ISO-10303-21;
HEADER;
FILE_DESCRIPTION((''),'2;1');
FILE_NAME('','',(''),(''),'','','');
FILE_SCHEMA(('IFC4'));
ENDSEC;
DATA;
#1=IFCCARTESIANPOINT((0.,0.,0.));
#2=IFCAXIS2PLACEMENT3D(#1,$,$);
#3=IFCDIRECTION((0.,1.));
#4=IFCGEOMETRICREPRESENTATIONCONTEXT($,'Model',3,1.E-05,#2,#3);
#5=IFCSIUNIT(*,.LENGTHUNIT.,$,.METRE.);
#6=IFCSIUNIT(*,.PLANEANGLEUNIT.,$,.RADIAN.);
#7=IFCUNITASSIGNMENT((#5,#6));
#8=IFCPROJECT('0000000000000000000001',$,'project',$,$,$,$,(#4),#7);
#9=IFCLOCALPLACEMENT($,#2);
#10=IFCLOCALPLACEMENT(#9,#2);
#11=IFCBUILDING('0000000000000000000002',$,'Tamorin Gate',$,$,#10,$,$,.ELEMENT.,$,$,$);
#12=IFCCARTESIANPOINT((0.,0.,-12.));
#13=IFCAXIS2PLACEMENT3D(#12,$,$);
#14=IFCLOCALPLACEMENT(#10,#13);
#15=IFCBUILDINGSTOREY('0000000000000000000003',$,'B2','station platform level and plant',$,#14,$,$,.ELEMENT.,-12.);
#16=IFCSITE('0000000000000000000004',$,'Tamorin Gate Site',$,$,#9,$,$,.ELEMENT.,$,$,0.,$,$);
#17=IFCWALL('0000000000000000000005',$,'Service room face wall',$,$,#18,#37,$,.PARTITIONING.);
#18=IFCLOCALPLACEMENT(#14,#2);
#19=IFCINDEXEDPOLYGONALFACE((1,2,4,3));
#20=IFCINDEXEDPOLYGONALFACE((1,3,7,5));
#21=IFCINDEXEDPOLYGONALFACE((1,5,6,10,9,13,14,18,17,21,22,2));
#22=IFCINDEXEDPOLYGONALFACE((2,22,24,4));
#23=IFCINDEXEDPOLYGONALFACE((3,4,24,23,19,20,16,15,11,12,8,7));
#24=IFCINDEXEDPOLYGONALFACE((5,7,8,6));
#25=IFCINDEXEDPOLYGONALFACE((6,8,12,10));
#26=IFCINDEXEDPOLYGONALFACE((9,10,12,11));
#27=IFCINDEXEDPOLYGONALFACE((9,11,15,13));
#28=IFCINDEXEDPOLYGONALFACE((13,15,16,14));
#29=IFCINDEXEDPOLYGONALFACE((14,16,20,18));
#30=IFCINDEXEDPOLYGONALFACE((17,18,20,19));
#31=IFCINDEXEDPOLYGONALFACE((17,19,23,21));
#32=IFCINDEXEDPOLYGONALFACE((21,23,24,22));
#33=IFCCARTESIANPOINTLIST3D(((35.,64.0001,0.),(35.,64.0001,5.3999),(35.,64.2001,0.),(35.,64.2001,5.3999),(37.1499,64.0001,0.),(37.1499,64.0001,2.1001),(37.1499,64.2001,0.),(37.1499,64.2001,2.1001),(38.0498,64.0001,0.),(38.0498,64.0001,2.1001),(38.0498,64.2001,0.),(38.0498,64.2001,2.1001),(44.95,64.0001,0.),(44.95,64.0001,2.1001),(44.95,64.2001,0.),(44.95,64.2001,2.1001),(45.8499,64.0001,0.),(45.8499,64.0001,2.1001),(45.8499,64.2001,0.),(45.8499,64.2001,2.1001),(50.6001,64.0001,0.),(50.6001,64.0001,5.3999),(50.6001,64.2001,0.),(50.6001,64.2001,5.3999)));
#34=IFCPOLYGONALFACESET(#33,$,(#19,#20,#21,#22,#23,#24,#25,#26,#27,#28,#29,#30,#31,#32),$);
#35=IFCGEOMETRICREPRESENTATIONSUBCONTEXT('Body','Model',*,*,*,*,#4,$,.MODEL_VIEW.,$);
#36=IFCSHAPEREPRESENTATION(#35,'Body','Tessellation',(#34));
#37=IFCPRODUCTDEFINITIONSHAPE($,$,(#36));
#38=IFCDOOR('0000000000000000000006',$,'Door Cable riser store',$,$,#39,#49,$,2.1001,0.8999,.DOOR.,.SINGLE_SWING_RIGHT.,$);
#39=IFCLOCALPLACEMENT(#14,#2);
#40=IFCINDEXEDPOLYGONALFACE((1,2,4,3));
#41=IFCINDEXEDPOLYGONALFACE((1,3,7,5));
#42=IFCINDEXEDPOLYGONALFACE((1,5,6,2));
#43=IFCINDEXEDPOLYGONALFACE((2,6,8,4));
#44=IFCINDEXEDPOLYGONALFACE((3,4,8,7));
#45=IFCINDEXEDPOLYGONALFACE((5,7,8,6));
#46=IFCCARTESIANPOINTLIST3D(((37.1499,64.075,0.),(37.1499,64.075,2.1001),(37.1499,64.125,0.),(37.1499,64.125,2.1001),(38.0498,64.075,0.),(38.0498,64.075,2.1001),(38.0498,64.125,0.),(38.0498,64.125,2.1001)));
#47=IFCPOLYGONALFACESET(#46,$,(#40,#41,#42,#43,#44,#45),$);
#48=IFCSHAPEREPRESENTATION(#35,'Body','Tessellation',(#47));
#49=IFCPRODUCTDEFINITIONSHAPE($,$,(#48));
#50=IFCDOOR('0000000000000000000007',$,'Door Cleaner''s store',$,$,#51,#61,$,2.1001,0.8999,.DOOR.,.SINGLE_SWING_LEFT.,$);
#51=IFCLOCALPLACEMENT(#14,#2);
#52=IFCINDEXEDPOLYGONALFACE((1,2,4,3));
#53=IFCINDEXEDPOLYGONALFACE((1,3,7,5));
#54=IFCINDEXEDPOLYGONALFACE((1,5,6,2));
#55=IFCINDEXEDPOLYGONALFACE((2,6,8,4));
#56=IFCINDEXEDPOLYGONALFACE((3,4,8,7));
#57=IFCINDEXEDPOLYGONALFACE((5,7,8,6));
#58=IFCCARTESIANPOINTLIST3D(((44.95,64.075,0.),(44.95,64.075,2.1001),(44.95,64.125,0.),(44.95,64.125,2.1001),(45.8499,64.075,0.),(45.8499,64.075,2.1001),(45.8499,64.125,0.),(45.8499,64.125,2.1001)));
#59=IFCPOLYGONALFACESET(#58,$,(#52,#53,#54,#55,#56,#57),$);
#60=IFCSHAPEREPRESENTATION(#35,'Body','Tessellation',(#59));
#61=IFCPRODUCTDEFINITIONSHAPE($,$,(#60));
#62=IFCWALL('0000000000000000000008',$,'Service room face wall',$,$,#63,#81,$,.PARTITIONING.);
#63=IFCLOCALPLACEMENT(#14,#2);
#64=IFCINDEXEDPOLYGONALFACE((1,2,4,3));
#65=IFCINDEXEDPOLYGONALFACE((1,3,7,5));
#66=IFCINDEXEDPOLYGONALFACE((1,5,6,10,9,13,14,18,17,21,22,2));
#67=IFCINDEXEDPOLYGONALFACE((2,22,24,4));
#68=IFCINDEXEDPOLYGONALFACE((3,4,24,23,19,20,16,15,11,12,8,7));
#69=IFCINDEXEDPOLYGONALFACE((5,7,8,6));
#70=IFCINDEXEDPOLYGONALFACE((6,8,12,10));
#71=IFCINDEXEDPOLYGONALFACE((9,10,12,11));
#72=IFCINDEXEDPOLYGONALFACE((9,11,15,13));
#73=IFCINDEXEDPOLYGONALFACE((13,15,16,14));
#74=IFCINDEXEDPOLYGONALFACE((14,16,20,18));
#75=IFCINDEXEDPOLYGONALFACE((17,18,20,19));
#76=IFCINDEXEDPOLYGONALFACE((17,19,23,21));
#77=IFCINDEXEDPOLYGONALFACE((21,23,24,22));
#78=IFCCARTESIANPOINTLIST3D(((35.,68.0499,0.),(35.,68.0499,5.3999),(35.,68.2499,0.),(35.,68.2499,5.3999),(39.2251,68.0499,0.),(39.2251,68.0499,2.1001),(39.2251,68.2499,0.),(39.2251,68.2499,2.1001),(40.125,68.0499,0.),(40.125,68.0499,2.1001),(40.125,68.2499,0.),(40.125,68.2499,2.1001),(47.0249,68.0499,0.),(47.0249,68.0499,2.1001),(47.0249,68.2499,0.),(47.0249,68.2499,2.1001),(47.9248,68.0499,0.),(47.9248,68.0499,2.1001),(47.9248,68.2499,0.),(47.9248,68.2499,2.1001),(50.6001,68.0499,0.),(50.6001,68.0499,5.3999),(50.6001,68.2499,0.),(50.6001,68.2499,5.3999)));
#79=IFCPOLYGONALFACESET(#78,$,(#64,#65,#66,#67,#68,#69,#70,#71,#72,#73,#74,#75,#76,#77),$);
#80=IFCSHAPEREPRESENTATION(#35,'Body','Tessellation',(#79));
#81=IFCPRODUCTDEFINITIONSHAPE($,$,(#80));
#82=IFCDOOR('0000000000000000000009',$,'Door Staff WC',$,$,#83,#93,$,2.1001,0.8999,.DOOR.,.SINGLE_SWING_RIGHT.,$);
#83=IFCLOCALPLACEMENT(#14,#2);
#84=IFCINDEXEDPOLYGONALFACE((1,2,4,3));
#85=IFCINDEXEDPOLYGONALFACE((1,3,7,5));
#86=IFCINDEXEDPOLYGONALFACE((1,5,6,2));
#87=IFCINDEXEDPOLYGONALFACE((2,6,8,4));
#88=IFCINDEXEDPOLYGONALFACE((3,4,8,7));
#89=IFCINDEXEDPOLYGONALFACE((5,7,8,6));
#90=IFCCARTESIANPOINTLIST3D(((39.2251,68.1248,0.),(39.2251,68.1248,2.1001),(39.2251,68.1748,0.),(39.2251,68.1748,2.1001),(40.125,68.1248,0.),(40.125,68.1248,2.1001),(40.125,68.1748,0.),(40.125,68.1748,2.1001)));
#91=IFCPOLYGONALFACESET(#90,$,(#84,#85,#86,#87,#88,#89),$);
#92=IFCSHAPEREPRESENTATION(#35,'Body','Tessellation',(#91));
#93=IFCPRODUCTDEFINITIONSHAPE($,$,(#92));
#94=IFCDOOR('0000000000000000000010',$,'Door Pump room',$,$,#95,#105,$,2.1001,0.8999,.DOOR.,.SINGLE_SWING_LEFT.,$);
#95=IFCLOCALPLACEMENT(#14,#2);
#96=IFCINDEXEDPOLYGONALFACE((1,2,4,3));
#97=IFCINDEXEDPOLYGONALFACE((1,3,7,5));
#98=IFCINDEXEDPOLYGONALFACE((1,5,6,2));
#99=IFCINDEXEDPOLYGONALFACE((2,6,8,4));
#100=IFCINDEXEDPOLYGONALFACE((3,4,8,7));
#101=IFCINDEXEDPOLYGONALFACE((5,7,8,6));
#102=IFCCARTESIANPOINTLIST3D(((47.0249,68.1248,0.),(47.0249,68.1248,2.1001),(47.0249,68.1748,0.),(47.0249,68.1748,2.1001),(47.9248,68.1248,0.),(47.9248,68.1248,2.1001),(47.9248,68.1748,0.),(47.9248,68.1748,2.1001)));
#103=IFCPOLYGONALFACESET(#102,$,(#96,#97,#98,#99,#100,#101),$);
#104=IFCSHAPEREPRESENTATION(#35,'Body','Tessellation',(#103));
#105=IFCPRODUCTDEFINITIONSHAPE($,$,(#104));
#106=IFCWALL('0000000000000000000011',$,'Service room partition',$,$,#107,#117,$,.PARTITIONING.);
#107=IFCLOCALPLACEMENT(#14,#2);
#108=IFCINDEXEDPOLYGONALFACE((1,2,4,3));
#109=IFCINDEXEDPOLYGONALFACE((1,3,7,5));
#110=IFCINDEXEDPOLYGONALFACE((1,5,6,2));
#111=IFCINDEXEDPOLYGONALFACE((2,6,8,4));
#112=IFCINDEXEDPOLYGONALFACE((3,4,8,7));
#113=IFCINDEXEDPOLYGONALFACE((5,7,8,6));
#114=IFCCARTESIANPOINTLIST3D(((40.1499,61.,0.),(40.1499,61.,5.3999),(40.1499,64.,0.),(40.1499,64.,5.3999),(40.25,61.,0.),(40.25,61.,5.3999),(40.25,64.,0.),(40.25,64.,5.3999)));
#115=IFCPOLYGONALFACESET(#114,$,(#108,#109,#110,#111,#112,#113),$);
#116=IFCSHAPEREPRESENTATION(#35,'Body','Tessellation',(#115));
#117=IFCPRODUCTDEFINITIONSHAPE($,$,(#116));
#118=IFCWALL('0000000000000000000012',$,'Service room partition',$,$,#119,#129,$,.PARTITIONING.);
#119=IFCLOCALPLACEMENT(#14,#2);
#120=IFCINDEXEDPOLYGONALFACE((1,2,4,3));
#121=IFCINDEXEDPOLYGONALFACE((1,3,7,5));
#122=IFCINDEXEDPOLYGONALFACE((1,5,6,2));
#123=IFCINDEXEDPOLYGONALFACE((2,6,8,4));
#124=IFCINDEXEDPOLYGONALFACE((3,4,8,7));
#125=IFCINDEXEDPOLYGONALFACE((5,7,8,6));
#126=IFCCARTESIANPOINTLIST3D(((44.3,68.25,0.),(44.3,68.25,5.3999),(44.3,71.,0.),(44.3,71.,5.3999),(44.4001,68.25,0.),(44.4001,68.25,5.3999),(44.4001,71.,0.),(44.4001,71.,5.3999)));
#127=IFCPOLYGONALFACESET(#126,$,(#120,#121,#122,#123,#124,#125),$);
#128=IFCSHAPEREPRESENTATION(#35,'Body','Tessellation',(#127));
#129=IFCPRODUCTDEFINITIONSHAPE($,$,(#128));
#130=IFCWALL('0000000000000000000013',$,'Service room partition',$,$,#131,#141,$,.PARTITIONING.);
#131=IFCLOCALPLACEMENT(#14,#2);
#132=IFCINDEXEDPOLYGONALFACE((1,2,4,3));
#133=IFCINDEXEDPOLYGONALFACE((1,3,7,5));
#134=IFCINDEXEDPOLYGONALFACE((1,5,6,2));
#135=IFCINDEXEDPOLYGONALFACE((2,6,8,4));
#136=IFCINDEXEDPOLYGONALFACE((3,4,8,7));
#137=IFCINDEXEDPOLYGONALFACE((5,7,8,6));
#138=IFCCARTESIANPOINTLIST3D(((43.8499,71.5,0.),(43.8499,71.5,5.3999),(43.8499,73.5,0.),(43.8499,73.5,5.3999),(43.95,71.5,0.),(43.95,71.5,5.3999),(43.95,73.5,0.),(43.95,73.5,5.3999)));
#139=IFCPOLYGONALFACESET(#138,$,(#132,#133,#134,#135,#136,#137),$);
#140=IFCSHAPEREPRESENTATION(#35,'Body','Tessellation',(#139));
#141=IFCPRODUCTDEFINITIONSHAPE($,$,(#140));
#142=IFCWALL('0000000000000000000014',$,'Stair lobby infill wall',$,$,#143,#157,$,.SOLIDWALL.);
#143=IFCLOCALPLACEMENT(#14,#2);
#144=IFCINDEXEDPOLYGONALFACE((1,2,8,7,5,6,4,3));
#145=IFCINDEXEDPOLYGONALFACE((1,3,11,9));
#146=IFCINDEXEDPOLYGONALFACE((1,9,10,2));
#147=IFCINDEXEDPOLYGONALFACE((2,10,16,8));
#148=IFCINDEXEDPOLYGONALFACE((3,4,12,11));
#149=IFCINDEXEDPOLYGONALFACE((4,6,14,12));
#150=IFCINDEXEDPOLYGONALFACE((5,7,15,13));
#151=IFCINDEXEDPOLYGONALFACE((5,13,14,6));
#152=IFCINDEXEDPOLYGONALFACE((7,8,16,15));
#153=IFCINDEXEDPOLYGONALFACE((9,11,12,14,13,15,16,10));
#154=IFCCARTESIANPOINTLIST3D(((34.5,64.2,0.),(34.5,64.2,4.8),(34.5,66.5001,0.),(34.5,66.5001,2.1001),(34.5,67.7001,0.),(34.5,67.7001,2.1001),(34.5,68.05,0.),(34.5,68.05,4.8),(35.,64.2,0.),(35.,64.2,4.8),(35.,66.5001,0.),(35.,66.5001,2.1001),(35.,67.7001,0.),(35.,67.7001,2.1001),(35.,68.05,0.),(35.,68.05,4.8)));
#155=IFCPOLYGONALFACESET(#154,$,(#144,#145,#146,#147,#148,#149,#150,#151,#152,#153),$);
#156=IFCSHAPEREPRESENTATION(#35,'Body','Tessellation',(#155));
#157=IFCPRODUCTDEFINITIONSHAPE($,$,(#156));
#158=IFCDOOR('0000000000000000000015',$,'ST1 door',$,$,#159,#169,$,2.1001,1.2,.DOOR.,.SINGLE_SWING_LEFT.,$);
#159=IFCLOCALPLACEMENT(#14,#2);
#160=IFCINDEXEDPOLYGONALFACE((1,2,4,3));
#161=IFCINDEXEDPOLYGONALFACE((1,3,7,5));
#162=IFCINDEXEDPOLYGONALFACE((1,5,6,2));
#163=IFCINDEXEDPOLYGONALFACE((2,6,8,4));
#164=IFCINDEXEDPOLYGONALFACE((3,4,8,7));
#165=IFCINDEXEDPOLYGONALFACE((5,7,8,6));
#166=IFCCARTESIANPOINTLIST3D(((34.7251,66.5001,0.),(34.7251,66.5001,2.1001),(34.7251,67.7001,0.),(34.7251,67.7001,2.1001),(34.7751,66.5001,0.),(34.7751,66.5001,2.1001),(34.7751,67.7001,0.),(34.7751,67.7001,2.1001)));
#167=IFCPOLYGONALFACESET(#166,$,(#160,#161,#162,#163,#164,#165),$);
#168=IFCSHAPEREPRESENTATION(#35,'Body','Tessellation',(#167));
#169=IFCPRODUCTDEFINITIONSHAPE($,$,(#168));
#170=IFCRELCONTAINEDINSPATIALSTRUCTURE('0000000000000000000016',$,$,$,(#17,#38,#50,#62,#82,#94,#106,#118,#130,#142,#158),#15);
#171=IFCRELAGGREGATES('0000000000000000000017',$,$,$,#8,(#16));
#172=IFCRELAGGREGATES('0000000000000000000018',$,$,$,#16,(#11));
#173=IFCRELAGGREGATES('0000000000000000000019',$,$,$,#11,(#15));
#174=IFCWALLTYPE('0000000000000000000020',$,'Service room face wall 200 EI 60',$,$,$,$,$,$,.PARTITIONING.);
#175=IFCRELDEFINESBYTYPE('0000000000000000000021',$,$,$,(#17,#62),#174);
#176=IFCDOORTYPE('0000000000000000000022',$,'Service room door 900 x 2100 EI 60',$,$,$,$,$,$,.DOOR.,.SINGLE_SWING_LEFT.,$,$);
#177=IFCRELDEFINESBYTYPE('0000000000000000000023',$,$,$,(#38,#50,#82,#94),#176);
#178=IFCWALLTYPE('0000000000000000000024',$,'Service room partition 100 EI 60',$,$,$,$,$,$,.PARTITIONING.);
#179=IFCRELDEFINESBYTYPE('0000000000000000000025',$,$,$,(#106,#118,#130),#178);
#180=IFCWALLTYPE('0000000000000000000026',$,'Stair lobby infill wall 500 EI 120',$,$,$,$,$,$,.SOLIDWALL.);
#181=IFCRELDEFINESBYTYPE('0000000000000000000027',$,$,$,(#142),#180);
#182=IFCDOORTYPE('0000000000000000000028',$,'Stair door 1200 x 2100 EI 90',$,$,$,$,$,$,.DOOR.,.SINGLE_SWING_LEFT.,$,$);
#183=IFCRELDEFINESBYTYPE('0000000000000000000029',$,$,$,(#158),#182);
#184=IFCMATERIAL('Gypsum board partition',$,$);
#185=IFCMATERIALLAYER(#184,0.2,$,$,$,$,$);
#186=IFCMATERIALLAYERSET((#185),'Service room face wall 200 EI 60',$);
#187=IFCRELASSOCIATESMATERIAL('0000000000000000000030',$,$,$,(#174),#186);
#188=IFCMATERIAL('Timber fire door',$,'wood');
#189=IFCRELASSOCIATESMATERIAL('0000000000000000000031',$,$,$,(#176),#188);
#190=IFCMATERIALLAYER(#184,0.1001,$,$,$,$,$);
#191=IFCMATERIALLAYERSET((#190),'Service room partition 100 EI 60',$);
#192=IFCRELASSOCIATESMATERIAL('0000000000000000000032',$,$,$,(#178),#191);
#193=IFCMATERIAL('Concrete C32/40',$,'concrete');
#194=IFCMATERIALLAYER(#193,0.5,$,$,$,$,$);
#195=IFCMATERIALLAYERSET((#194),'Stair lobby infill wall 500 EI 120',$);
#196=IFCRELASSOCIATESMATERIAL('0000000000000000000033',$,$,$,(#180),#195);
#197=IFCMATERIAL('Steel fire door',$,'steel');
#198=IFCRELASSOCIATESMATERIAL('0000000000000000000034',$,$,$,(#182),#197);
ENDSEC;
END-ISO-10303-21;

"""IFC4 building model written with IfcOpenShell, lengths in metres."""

from ifc_helpers import new_model, si_unit, direction, frame, frame_2d, origin, place, context, subcontext, project, spatial, rectangle, extrude, material, layer, layer_set, type_object, element, fill, save


model = new_model("IFC4")

# Units and contexts
model_context = context("Model", 3, precision=1e-05, world=origin(), true_north=direction((0.0, 1.0)))
body_context = subcontext(model_context, "Body", "Model", "MODEL_VIEW")
ifc_project = project(units=[si_unit("LENGTHUNIT", "METRE"), si_unit("PLANEANGLEUNIT", "RADIAN")], contexts=[model_context])

# Site, building, storey
site_placement = place(None, origin())
site = spatial("IfcSite", under=ifc_project, at=site_placement, Name="Tamorin Gate Site", CompositionType="ELEMENT", RefElevation=0.0)
building_placement = place(site_placement, origin())
building = spatial("IfcBuilding", under=site, at=building_placement, Name="Tamorin Gate", CompositionType="ELEMENT")
storey_placement = place(building_placement, frame((0.0, 0.0, -12.0)))
storey = spatial("IfcBuildingStorey", under=building, at=storey_placement, Name="B2", Description="station platform level and plant", CompositionType="ELEMENT", Elevation=-12.0)

# Walls, openings, doors
ifc_material_1 = material(Name="Gypsum board partition")
ifc_layer_1 = layer(ifc_material_1, 0.2)
ifc_layer_set_1 = layer_set([ifc_layer_1], Name="Service room face wall 200 EI 60")
wall_type_1 = type_object("IfcWallType", Name="Service room face wall 200 EI 60", PredefinedType="PARTITIONING", material=ifc_layer_set_1)
wall_1_placement = place(storey_placement, frame((35.0, 64.1001, 0.0), z_axis=(0.0, 0.0, 1.0), x_axis=(1.0, 0.0, 0.0)))
wall_1 = element("IfcWall", 1, at=wall_1_placement, inside=storey, type_object=wall_type_1, Name="Service room face wall", PredefinedType="PARTITIONING", context=body_context, shape_type="SweptSolid", body=[
    extrude(rectangle(XDim=15.6001, YDim=0.2, at=frame_2d((7.8, 0.0))), origin(), (0.0, 0.0, 1.0), 5.3999),
])
opening_1_placement = place(wall_1_placement, frame((2.1499, 0.0, 0.0)))
opening_1 = element("IfcOpeningElement", 2, at=opening_1_placement, cuts=wall_1, PredefinedType="OPENING", context=body_context, shape_type="SweptSolid", body=[
    extrude(rectangle(XDim=0.8999, YDim=2.1001, at=frame_2d((0.45, 1.05))), frame((0.0, 0.1099, 0.0), z_axis=(0.0, -1.0, 0.0), x_axis=(1.0, 0.0, 0.0)), (0.0, 0.0, 1.0), 0.22),
])
opening_2_placement = place(wall_1_placement, frame((9.95, 0.0, 0.0)))
opening_2 = element("IfcOpeningElement", 3, at=opening_2_placement, cuts=wall_1, PredefinedType="OPENING", context=body_context, shape_type="SweptSolid", body=[
    extrude(rectangle(XDim=0.8999, YDim=2.1001, at=frame_2d((0.45, 1.05))), frame((0.0, 0.1099, 0.0), z_axis=(0.0, -1.0, 0.0), x_axis=(1.0, 0.0, 0.0)), (0.0, 0.0, 1.0), 0.22),
])
ifc_material_2 = material(Name="Timber fire door", Category="wood")
door_type_1 = type_object("IfcDoorType", Name="Service room door 900 x 2100 EI 60", OperationType="SINGLE_SWING_LEFT", PredefinedType="DOOR", material=ifc_material_2)
door_1_placement = place(opening_1_placement, origin())
door_1 = element("IfcDoor", 4, at=door_1_placement, inside=storey, type_object=door_type_1, Name="Door Cable riser store", OperationType="SINGLE_SWING_RIGHT", OverallHeight=2.1001, OverallWidth=0.8999, PredefinedType="DOOR", context=body_context, shape_type="SweptSolid", body=[
    extrude(rectangle(XDim=0.8999, YDim=2.1001, at=frame_2d((0.45, 1.05))), frame((0.0, 0.0249, 0.0), z_axis=(0.0, -1.0, 0.0), x_axis=(1.0, 0.0, 0.0)), (0.0, 0.0, 1.0), 0.05),
])
fill(opening_1, door_1)
door_2_placement = place(opening_2_placement, origin())
door_2 = element("IfcDoor", 5, at=door_2_placement, inside=storey, type_object=door_type_1, Name="Door Cleaner's store", OperationType="SINGLE_SWING_LEFT", OverallHeight=2.1001, OverallWidth=0.8999, PredefinedType="DOOR", context=body_context, shape_type="SweptSolid", body=[
    extrude(rectangle(XDim=0.8999, YDim=2.1001, at=frame_2d((0.45, 1.05))), frame((0.0, 0.0249, 0.0), z_axis=(0.0, -1.0, 0.0), x_axis=(1.0, 0.0, 0.0)), (0.0, 0.0, 1.0), 0.05),
])
fill(opening_2, door_2)
wall_2_placement = place(storey_placement, frame((35.0, 68.1499, 0.0), z_axis=(0.0, 0.0, 1.0), x_axis=(1.0, 0.0, 0.0)))
wall_2 = element("IfcWall", 6, at=wall_2_placement, inside=storey, type_object=wall_type_1, Name="Service room face wall", PredefinedType="PARTITIONING", context=body_context, shape_type="SweptSolid", body=[
    extrude(rectangle(XDim=15.6001, YDim=0.2, at=frame_2d((7.8, 0.0))), origin(), (0.0, 0.0, 1.0), 5.3999),
])
opening_3_placement = place(wall_2_placement, frame((4.2251, 0.0, 0.0)))
opening_3 = element("IfcOpeningElement", 7, at=opening_3_placement, cuts=wall_2, PredefinedType="OPENING", context=body_context, shape_type="SweptSolid", body=[
    extrude(rectangle(XDim=0.8999, YDim=2.1001, at=frame_2d((0.45, 1.05))), frame((0.0, 0.1099, 0.0), z_axis=(0.0, -1.0, 0.0), x_axis=(1.0, 0.0, 0.0)), (0.0, 0.0, 1.0), 0.22),
])
opening_4_placement = place(wall_2_placement, frame((12.0249, 0.0, 0.0)))
opening_4 = element("IfcOpeningElement", 8, at=opening_4_placement, cuts=wall_2, PredefinedType="OPENING", context=body_context, shape_type="SweptSolid", body=[
    extrude(rectangle(XDim=0.8999, YDim=2.1001, at=frame_2d((0.45, 1.05))), frame((0.0, 0.1099, 0.0), z_axis=(0.0, -1.0, 0.0), x_axis=(1.0, 0.0, 0.0)), (0.0, 0.0, 1.0), 0.22),
])
door_3_placement = place(opening_3_placement, origin())
door_3 = element("IfcDoor", 9, at=door_3_placement, inside=storey, type_object=door_type_1, Name="Door Staff WC", OperationType="SINGLE_SWING_RIGHT", OverallHeight=2.1001, OverallWidth=0.8999, PredefinedType="DOOR", context=body_context, shape_type="SweptSolid", body=[
    extrude(rectangle(XDim=0.8999, YDim=2.1001, at=frame_2d((0.45, 1.05))), frame((0.0, 0.0249, 0.0), z_axis=(0.0, -1.0, 0.0), x_axis=(1.0, 0.0, 0.0)), (0.0, 0.0, 1.0), 0.05),
])
fill(opening_3, door_3)
door_4_placement = place(opening_4_placement, origin())
door_4 = element("IfcDoor", 10, at=door_4_placement, inside=storey, type_object=door_type_1, Name="Door Pump room", OperationType="SINGLE_SWING_LEFT", OverallHeight=2.1001, OverallWidth=0.8999, PredefinedType="DOOR", context=body_context, shape_type="SweptSolid", body=[
    extrude(rectangle(XDim=0.8999, YDim=2.1001, at=frame_2d((0.45, 1.05))), frame((0.0, 0.0249, 0.0), z_axis=(0.0, -1.0, 0.0), x_axis=(1.0, 0.0, 0.0)), (0.0, 0.0, 1.0), 0.05),
])
fill(opening_4, door_4)

# Walls
ifc_layer_2 = layer(ifc_material_1, 0.1001)
ifc_layer_set_2 = layer_set([ifc_layer_2], Name="Service room partition 100 EI 60")
wall_type_2 = type_object("IfcWallType", Name="Service room partition 100 EI 60", PredefinedType="PARTITIONING", material=ifc_layer_set_2)
wall_3_placement = place(storey_placement, frame((40.2, 61.0, 0.0), z_axis=(0.0, 0.0, 1.0), x_axis=(0.0, 1.0, 0.0)))
element("IfcWall", 11, at=wall_3_placement, inside=storey, type_object=wall_type_2, Name="Service room partition", PredefinedType="PARTITIONING", context=body_context, shape_type="SweptSolid", body=[
    extrude(rectangle(XDim=3.0, YDim=0.1001, at=frame_2d((1.5, 0.0))), origin(), (0.0, 0.0, 1.0), 5.3999),
])
wall_4_placement = place(storey_placement, frame((44.3501, 68.25, 0.0), z_axis=(0.0, 0.0, 1.0), x_axis=(0.0, 1.0, 0.0)))
element("IfcWall", 12, at=wall_4_placement, inside=storey, type_object=wall_type_2, Name="Service room partition", PredefinedType="PARTITIONING", context=body_context, shape_type="SweptSolid", body=[
    extrude(rectangle(XDim=2.75, YDim=0.1001, at=frame_2d((1.375, 0.0))), origin(), (0.0, 0.0, 1.0), 5.3999),
])
wall_5_placement = place(storey_placement, frame((43.8999, 71.5, 0.0), z_axis=(0.0, 0.0, 1.0), x_axis=(0.0, 1.0, 0.0)))
element("IfcWall", 13, at=wall_5_placement, inside=storey, type_object=wall_type_2, Name="Service room partition", PredefinedType="PARTITIONING", context=body_context, shape_type="SweptSolid", body=[
    extrude(rectangle(XDim=2.0, YDim=0.1001, at=frame_2d((1.0, 0.0))), origin(), (0.0, 0.0, 1.0), 5.3999),
])

# Wall, opening, door
ifc_material_3 = material(Name="Concrete C32/40", Category="concrete")
ifc_layer_3 = layer(ifc_material_3, 0.5)
ifc_layer_set_3 = layer_set([ifc_layer_3], Name="Stair lobby infill wall 500 EI 120")
wall_type_3 = type_object("IfcWallType", Name="Stair lobby infill wall 500 EI 120", PredefinedType="SOLIDWALL", material=ifc_layer_set_3)
wall_6_placement = place(storey_placement, frame((34.75, 64.2, 0.0), z_axis=(0.0, 0.0, 1.0), x_axis=(0.0, 1.0, 0.0)))
wall_6 = element("IfcWall", 14, at=wall_6_placement, inside=storey, type_object=wall_type_3, Name="Stair lobby infill wall", PredefinedType="SOLIDWALL", context=body_context, shape_type="SweptSolid", body=[
    extrude(rectangle(XDim=3.8501, YDim=0.5, at=frame_2d((1.925, 0.0))), origin(), (0.0, 0.0, 1.0), 4.8),
])
opening_5_placement = place(wall_6_placement, frame((2.3, 0.0, 0.0)))
opening_5 = element("IfcOpeningElement", 15, at=opening_5_placement, cuts=wall_6, PredefinedType="OPENING", context=body_context, shape_type="SweptSolid", body=[
    extrude(rectangle(XDim=1.2, YDim=2.1001, at=frame_2d((0.6001, 1.05))), frame((0.0, 0.26, 0.0), z_axis=(0.0, -1.0, 0.0), x_axis=(1.0, 0.0, 0.0)), (0.0, 0.0, 1.0), 0.52),
])
ifc_material_4 = material(Name="Steel fire door", Category="steel")
door_type_2 = type_object("IfcDoorType", Name="Stair door 1200 x 2100 EI 90", OperationType="SINGLE_SWING_LEFT", PredefinedType="DOOR", material=ifc_material_4)
door_5_placement = place(opening_5_placement, origin())
door_5 = element("IfcDoor", 16, at=door_5_placement, inside=storey, type_object=door_type_2, Name="ST1 door", OperationType="SINGLE_SWING_LEFT", OverallHeight=2.1001, OverallWidth=1.2, PredefinedType="DOOR", context=body_context, shape_type="SweptSolid", body=[
    extrude(rectangle(XDim=1.2, YDim=2.1001, at=frame_2d((0.6001, 1.05))), frame((0.0, 0.0249, 0.0), z_axis=(0.0, -1.0, 0.0), x_axis=(1.0, 0.0, 0.0)), (0.0, 0.0, 1.0), 0.05),
])
fill(opening_5, door_5)

save(model, "model.ifc")
